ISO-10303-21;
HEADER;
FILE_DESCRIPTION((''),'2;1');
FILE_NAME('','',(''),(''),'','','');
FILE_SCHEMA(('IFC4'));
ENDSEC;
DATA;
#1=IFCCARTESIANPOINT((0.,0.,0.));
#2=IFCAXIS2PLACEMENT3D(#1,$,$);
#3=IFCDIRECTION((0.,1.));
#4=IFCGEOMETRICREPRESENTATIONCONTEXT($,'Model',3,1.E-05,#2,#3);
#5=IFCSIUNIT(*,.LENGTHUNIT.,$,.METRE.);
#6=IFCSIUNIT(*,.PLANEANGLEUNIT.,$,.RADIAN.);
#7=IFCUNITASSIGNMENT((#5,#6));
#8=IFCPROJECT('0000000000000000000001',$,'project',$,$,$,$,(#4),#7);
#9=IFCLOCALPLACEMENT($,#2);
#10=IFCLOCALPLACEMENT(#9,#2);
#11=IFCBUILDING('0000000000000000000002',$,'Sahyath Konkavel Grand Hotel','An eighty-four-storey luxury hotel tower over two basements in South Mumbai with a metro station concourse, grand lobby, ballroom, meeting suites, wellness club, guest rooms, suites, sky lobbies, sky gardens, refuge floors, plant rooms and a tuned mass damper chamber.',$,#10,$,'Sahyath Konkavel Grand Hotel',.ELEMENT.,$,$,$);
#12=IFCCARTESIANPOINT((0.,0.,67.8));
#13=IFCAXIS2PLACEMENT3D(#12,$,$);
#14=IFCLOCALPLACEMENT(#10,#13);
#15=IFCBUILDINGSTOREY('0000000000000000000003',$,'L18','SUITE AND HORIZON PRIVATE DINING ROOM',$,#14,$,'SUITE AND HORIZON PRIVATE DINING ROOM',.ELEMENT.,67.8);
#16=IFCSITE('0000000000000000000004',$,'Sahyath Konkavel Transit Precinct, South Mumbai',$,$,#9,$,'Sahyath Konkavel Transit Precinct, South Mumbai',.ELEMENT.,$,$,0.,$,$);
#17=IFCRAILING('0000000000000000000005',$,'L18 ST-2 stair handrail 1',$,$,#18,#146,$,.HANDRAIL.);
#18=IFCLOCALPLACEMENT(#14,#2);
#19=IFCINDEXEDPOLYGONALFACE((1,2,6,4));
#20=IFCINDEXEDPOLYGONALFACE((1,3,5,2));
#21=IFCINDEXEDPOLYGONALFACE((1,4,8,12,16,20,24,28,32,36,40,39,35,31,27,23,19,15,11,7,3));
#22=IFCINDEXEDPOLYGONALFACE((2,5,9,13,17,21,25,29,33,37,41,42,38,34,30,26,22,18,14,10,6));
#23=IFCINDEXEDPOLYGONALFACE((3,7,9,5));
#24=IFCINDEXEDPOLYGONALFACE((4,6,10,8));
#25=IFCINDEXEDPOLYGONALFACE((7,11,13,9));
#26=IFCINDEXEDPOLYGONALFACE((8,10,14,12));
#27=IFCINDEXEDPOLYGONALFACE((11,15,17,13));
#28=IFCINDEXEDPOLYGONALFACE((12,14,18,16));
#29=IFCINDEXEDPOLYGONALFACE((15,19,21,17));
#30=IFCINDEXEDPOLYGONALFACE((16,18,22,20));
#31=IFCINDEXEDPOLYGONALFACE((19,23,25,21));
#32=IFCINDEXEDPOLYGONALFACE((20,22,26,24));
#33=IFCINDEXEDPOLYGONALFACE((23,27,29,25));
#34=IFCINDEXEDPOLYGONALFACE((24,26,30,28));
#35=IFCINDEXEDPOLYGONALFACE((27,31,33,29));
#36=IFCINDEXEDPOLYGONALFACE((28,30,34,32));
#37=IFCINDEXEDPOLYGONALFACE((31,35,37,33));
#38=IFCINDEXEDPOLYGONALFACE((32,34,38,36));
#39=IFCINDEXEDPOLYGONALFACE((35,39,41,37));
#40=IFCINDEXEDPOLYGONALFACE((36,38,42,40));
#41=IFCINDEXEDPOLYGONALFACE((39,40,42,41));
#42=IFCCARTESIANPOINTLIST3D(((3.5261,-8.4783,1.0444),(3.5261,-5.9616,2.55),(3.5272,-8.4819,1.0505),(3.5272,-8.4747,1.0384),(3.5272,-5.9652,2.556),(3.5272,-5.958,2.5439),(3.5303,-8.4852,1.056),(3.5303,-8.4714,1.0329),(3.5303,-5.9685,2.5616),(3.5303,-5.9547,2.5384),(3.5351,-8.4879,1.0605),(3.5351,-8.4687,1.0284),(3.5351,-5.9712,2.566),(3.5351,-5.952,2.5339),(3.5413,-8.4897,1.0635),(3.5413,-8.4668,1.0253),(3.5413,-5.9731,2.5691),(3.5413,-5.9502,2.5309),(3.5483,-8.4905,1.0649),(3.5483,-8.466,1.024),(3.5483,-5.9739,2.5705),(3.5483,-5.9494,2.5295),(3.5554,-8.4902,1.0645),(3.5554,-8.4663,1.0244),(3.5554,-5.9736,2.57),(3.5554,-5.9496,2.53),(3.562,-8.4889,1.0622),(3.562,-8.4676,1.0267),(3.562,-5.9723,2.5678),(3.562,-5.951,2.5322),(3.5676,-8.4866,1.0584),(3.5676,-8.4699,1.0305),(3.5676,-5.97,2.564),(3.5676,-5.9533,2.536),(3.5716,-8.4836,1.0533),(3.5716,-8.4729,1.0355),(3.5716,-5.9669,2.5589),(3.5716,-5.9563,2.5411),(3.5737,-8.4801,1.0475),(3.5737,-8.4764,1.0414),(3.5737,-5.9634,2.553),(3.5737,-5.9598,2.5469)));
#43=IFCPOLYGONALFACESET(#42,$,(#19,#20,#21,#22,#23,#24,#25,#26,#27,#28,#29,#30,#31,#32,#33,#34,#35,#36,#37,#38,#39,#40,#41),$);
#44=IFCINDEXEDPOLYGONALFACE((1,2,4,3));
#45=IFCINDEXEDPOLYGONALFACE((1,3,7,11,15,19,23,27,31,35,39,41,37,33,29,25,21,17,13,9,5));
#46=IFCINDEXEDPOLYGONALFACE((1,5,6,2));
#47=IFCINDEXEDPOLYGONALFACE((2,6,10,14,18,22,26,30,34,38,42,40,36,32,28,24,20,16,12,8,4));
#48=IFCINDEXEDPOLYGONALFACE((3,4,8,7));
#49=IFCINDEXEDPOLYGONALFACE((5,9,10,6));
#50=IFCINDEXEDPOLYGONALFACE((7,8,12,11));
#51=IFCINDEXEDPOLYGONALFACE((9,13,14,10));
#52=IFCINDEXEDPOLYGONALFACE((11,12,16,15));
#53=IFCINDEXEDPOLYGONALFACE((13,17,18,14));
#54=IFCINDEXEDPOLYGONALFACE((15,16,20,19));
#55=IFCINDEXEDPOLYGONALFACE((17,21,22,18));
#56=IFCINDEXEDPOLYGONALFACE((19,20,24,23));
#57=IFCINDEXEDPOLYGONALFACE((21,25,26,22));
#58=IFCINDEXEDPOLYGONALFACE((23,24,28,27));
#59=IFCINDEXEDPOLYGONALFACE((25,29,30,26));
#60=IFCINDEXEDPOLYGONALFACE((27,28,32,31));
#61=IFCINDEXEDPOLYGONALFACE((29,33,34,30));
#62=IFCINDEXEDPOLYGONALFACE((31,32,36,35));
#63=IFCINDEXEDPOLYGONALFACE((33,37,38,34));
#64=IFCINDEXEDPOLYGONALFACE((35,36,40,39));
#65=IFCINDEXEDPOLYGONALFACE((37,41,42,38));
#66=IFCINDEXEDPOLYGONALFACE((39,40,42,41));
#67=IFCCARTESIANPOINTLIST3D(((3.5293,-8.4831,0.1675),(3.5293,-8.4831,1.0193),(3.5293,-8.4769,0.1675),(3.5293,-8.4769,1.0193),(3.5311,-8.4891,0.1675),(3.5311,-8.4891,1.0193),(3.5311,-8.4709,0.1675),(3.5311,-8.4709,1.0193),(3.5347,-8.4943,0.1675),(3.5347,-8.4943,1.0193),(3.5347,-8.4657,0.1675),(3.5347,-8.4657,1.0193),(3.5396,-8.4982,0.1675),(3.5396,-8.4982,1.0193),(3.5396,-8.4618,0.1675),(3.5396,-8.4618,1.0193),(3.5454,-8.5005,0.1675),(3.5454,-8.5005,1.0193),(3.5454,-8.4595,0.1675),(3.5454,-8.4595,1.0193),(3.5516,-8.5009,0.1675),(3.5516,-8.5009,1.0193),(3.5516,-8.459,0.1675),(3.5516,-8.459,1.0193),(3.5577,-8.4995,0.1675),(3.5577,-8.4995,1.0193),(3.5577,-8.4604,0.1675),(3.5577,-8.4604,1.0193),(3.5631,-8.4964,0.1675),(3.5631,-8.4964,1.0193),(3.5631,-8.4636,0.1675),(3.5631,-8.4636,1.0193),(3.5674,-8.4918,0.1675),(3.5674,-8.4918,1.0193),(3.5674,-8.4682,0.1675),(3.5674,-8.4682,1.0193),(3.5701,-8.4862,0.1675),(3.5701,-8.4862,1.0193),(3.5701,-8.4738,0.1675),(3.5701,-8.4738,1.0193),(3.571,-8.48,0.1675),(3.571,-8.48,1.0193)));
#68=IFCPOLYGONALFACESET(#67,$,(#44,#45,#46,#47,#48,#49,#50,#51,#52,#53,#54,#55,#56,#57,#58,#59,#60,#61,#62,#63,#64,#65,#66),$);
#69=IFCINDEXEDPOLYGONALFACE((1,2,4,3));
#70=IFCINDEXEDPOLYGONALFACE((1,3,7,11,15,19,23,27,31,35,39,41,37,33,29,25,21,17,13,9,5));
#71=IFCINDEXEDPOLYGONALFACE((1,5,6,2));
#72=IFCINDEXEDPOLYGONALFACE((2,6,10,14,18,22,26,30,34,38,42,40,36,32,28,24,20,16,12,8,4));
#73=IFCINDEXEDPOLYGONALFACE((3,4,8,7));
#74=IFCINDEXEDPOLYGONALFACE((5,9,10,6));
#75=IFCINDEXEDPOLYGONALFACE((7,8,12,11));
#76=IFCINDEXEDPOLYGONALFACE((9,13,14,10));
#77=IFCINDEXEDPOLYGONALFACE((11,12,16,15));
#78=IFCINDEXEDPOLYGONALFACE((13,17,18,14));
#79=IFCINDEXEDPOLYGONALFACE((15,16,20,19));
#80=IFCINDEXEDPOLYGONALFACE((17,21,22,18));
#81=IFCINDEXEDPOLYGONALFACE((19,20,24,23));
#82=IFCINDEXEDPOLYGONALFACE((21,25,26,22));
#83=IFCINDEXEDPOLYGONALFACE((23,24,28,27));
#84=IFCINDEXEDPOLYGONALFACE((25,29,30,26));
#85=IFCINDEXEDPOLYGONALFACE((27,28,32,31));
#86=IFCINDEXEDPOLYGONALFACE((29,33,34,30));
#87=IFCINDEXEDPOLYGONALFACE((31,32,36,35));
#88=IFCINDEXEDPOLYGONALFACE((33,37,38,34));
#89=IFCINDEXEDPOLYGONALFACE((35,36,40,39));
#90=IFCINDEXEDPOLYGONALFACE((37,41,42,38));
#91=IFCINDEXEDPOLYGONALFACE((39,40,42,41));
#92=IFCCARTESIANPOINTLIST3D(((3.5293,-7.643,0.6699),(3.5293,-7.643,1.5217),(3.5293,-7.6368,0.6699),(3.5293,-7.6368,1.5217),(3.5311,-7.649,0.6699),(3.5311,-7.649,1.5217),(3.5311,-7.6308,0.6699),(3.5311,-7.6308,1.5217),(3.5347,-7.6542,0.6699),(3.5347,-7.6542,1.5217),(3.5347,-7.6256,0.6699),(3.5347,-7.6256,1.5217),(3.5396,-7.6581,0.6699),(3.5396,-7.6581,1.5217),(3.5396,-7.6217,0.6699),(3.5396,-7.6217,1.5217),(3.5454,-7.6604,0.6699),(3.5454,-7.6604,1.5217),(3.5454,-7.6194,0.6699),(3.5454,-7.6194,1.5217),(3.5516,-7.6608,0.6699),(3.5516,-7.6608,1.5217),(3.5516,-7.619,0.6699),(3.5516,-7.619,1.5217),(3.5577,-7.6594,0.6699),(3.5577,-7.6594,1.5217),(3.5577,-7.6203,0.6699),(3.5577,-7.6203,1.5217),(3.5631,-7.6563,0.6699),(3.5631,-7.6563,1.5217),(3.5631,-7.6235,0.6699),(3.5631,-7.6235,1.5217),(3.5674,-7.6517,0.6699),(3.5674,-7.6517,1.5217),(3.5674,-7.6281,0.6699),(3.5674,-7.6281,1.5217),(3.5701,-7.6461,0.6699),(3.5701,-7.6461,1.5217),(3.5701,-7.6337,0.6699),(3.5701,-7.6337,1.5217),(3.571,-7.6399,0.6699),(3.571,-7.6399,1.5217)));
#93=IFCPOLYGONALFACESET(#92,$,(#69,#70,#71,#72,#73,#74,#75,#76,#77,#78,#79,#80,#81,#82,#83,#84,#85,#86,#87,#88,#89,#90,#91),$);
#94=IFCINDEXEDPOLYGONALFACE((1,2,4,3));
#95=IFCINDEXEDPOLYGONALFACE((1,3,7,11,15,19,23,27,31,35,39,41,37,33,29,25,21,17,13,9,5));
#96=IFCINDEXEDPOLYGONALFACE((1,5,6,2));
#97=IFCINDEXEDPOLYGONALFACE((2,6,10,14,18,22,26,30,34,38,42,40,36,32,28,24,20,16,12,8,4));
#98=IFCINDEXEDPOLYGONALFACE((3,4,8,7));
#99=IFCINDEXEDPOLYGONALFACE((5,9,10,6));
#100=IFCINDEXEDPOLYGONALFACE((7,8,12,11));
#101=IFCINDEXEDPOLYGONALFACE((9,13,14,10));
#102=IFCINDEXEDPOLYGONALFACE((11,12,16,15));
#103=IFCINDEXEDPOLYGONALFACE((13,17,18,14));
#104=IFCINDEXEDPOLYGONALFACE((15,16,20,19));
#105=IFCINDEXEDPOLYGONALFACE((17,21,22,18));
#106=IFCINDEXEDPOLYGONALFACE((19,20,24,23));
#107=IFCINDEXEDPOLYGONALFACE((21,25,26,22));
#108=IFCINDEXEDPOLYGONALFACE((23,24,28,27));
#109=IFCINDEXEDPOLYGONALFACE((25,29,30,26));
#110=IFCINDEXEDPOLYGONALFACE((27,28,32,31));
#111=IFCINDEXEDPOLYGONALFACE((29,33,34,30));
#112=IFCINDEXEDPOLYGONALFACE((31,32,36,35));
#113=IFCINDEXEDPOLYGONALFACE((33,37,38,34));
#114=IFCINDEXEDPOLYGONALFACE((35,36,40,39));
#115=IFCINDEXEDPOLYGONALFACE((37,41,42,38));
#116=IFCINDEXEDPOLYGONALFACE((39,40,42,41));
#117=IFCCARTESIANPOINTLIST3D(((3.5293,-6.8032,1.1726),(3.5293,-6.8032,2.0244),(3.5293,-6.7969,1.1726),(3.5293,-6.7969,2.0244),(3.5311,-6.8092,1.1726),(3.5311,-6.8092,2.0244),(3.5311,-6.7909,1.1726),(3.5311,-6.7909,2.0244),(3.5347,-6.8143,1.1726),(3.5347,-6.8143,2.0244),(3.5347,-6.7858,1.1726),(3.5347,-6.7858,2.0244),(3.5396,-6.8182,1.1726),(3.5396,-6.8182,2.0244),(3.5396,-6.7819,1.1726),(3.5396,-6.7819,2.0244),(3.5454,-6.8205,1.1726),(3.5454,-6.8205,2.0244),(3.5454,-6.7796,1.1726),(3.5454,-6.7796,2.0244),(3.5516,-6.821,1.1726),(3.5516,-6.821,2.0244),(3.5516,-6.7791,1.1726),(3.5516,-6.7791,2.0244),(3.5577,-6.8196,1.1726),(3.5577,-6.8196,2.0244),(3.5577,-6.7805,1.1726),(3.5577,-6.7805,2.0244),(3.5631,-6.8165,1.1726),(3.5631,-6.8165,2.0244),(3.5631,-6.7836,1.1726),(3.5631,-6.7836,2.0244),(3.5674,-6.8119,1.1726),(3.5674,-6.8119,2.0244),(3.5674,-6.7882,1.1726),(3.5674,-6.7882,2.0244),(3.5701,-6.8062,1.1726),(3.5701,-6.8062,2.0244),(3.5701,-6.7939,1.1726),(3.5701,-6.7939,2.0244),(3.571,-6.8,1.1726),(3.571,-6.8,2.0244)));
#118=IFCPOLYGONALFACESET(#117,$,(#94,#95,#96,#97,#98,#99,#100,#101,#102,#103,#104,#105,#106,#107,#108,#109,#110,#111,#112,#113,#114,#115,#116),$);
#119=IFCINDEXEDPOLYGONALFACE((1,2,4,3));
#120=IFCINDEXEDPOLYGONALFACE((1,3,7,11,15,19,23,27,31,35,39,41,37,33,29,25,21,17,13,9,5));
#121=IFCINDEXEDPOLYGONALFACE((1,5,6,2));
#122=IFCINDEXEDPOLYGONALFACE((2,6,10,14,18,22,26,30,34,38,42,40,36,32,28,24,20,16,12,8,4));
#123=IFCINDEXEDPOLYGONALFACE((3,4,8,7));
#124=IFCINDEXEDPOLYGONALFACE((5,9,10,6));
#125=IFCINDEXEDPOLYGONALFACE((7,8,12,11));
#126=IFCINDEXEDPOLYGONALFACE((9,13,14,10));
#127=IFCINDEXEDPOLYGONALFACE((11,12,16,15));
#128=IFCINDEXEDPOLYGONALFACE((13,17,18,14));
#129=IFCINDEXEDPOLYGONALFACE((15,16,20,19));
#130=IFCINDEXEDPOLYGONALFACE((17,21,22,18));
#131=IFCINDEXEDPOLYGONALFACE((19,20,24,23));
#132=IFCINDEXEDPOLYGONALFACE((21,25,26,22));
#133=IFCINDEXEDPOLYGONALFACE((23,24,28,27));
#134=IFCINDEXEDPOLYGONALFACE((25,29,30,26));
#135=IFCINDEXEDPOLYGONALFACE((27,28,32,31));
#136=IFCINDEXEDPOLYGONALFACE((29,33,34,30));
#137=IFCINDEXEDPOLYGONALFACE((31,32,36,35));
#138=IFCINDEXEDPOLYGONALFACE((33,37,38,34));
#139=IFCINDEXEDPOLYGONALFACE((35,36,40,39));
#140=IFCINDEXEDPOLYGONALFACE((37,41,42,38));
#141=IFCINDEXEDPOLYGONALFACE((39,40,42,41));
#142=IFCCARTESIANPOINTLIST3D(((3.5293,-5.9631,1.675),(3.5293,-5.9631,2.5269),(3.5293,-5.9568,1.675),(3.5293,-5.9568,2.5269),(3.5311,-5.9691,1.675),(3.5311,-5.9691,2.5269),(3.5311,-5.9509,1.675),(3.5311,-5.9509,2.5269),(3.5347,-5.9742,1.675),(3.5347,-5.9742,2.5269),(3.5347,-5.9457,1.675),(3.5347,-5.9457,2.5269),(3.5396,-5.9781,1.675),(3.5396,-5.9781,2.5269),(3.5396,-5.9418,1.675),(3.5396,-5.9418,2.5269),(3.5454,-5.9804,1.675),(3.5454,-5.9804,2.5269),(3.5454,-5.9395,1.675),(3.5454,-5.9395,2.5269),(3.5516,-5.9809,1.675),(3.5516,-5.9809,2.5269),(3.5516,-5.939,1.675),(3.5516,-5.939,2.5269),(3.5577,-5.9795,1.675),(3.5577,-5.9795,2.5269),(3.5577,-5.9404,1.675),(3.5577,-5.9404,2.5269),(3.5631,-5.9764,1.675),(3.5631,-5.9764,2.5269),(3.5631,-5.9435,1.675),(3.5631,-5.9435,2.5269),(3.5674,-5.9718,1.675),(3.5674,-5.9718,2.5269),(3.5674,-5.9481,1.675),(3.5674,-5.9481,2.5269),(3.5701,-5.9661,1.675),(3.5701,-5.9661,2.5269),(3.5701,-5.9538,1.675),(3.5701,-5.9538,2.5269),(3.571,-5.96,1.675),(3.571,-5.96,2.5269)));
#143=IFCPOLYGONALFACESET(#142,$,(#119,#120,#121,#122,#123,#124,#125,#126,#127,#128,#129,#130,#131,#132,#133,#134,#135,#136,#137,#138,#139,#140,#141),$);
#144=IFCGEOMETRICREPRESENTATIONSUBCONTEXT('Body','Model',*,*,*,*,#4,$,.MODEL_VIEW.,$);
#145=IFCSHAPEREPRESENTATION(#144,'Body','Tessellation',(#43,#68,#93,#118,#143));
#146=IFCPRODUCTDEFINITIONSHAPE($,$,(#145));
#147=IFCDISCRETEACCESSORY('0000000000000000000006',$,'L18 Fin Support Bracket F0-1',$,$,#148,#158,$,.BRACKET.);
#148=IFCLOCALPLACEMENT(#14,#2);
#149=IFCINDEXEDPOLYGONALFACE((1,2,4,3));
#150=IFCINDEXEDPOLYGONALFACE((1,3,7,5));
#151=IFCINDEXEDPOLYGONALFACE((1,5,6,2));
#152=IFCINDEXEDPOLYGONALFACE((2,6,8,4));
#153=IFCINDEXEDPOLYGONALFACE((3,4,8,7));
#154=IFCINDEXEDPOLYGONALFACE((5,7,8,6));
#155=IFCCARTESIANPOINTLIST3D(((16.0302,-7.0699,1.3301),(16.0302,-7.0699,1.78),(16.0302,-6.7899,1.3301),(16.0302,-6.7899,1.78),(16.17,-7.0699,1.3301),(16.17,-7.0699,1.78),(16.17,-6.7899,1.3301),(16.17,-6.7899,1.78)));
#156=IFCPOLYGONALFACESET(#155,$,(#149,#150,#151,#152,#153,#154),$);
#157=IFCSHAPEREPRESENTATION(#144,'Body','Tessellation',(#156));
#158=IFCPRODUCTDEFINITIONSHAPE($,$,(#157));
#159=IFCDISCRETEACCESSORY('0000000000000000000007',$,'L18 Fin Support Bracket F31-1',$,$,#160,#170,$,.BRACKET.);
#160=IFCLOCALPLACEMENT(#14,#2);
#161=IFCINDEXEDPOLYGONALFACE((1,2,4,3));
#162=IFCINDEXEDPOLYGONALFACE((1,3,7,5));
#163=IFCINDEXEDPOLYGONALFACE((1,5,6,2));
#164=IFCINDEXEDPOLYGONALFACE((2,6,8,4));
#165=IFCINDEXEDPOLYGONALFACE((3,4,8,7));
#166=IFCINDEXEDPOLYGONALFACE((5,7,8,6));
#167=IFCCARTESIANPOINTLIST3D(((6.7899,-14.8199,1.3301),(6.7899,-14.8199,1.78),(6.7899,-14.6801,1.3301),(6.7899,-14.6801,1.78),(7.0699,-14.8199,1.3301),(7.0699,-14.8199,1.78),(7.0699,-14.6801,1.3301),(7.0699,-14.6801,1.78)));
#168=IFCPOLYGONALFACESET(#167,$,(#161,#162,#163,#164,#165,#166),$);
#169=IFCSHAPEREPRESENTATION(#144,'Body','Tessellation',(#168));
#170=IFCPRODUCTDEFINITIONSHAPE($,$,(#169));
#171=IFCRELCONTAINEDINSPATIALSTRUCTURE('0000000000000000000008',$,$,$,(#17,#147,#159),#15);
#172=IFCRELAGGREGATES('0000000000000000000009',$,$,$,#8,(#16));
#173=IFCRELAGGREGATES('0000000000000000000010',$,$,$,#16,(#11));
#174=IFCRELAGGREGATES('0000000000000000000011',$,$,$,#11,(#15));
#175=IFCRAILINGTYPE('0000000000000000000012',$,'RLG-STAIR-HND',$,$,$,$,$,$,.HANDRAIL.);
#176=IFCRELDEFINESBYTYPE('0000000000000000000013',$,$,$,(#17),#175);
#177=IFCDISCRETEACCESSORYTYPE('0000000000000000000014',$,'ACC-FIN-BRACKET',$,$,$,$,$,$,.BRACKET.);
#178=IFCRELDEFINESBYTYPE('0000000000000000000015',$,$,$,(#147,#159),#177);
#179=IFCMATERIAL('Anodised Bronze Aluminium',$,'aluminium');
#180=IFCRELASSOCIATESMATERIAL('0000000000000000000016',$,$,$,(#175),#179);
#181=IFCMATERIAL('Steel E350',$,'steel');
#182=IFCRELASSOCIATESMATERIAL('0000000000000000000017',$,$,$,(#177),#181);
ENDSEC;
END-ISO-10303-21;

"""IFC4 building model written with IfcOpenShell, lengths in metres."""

from ifc_helpers import new_model, si_unit, direction, frame, origin, origin_2d, place, context, subcontext, project, spatial, rectangle, circle, extrude, source, transform, mapped, material, type_object, element, save


model = new_model("IFC4")

# Units and contexts
model_context = context("Model", 3, precision=1e-05, world=origin(), true_north=direction((0.0, 1.0)))
body_context = subcontext(model_context, "Body", "Model", "MODEL_VIEW")
ifc_project = project(units=[si_unit("LENGTHUNIT", "METRE"), si_unit("PLANEANGLEUNIT", "RADIAN")], contexts=[model_context])

# Site, building, storey
site_placement = place(None, origin())
site = spatial("IfcSite", under=ifc_project, at=site_placement, Name="Sahyath Konkavel Transit Precinct, South Mumbai", LongName="Sahyath Konkavel Transit Precinct, South Mumbai", CompositionType="ELEMENT", RefElevation=0.0)
building_placement = place(site_placement, origin())
building = spatial("IfcBuilding", under=site, at=building_placement, Name="Sahyath Konkavel Grand Hotel", Description="An eighty-four-storey luxury hotel tower over two basements in South Mumbai with a metro station concourse, grand lobby, ballroom, meeting suites, wellness club, guest rooms, suites, sky lobbies, sky gardens, refuge floors, plant rooms and a tuned mass damper chamber.", LongName="Sahyath Konkavel Grand Hotel", CompositionType="ELEMENT")
storey_placement = place(building_placement, frame((0.0, 0.0, 67.8)))
storey = spatial("IfcBuildingStorey", under=building, at=storey_placement, Name="L18", Description="SUITE AND HORIZON PRIVATE DINING ROOM", LongName="SUITE AND HORIZON PRIVATE DINING ROOM", CompositionType="ELEMENT", Elevation=67.8)

# Shared definitions
ifc_material_1 = material(Name="Steel E350", Category="steel")

# Shared definitions
ifc_material_2 = material(Name="Anodised Bronze Aluminium", Category="aluminium")

# Railing
railing_type_1 = type_object("IfcRailingType", Name="RLG-STAIR-HND", PredefinedType="HANDRAIL", material=ifc_material_2)
railing_1_placement = place(storey_placement, frame((3.55, -8.48, 0.1675)))
element("IfcRailing", 1, at=railing_1_placement, inside=storey, type_object=railing_type_1, Name="L18 ST-2 stair handrail 1", PredefinedType="HANDRAIL", context=body_context, shape_type="SweptSolid", body=[
    extrude(circle(Radius=0.0239, at=origin_2d()), frame((0.0, 0.0017, 0.877), z_axis=(0.0, 0.85816, 0.513383), x_axis=(-1.0, 0.0, 0.0)), (0.0, 0.0, 1.0), 2.9326),
    extrude(circle(Radius=0.021, at=origin_2d()), origin(), (0.0, 0.0, 1.0), 0.8518),
    extrude(circle(Radius=0.021, at=origin_2d()), frame((0.0, 0.8401, 0.5024)), (0.0, 0.0, 1.0), 0.8518),
    extrude(circle(Radius=0.021, at=origin_2d()), frame((0.0, 1.6799, 1.0051)), (0.0, 0.0, 1.0), 0.8518),
    extrude(circle(Radius=0.021, at=origin_2d()), frame((0.0, 2.52, 1.5076)), (0.0, 0.0, 1.0), 0.8518),
])

# Discrete accessories
discrete_accessory_type = type_object("IfcDiscreteAccessoryType", Name="ACC-FIN-BRACKET", PredefinedType="BRACKET", material=ifc_material_1)
shared_shape_1 = source(origin(), body_context, "Body", "SweptSolid", [
    extrude(rectangle(XDim=0.28, YDim=0.1399, at=origin_2d()), origin(), (0.0, 0.0, 1.0), 0.45),
])
for number, where, z_axis, x_axis, name in (
    (2, (16.1001, -6.9299, 1.3301), (0.0, 0.0, 1.0), (0.0, -1.0, 0.0), "L18 Fin Support Bracket F0-1"),
    (3, (6.9299, -14.75, 1.3301), (0.0, 0.0, 1.0), (1.0, 0.0, 0.0), "L18 Fin Support Bracket F31-1"),
):
    element("IfcDiscreteAccessory", number, at=place(storey_placement, frame(where, z_axis=z_axis, x_axis=x_axis)), inside=storey, type_object=discrete_accessory_type, Name=name, PredefinedType="BRACKET", context=body_context, shape_type="MappedRepresentation", body=[
        mapped(shared_shape_1, transform((0.0, 0.0, 0.0), scale=1.0)),
    ])

save(model, "model.ifc")
